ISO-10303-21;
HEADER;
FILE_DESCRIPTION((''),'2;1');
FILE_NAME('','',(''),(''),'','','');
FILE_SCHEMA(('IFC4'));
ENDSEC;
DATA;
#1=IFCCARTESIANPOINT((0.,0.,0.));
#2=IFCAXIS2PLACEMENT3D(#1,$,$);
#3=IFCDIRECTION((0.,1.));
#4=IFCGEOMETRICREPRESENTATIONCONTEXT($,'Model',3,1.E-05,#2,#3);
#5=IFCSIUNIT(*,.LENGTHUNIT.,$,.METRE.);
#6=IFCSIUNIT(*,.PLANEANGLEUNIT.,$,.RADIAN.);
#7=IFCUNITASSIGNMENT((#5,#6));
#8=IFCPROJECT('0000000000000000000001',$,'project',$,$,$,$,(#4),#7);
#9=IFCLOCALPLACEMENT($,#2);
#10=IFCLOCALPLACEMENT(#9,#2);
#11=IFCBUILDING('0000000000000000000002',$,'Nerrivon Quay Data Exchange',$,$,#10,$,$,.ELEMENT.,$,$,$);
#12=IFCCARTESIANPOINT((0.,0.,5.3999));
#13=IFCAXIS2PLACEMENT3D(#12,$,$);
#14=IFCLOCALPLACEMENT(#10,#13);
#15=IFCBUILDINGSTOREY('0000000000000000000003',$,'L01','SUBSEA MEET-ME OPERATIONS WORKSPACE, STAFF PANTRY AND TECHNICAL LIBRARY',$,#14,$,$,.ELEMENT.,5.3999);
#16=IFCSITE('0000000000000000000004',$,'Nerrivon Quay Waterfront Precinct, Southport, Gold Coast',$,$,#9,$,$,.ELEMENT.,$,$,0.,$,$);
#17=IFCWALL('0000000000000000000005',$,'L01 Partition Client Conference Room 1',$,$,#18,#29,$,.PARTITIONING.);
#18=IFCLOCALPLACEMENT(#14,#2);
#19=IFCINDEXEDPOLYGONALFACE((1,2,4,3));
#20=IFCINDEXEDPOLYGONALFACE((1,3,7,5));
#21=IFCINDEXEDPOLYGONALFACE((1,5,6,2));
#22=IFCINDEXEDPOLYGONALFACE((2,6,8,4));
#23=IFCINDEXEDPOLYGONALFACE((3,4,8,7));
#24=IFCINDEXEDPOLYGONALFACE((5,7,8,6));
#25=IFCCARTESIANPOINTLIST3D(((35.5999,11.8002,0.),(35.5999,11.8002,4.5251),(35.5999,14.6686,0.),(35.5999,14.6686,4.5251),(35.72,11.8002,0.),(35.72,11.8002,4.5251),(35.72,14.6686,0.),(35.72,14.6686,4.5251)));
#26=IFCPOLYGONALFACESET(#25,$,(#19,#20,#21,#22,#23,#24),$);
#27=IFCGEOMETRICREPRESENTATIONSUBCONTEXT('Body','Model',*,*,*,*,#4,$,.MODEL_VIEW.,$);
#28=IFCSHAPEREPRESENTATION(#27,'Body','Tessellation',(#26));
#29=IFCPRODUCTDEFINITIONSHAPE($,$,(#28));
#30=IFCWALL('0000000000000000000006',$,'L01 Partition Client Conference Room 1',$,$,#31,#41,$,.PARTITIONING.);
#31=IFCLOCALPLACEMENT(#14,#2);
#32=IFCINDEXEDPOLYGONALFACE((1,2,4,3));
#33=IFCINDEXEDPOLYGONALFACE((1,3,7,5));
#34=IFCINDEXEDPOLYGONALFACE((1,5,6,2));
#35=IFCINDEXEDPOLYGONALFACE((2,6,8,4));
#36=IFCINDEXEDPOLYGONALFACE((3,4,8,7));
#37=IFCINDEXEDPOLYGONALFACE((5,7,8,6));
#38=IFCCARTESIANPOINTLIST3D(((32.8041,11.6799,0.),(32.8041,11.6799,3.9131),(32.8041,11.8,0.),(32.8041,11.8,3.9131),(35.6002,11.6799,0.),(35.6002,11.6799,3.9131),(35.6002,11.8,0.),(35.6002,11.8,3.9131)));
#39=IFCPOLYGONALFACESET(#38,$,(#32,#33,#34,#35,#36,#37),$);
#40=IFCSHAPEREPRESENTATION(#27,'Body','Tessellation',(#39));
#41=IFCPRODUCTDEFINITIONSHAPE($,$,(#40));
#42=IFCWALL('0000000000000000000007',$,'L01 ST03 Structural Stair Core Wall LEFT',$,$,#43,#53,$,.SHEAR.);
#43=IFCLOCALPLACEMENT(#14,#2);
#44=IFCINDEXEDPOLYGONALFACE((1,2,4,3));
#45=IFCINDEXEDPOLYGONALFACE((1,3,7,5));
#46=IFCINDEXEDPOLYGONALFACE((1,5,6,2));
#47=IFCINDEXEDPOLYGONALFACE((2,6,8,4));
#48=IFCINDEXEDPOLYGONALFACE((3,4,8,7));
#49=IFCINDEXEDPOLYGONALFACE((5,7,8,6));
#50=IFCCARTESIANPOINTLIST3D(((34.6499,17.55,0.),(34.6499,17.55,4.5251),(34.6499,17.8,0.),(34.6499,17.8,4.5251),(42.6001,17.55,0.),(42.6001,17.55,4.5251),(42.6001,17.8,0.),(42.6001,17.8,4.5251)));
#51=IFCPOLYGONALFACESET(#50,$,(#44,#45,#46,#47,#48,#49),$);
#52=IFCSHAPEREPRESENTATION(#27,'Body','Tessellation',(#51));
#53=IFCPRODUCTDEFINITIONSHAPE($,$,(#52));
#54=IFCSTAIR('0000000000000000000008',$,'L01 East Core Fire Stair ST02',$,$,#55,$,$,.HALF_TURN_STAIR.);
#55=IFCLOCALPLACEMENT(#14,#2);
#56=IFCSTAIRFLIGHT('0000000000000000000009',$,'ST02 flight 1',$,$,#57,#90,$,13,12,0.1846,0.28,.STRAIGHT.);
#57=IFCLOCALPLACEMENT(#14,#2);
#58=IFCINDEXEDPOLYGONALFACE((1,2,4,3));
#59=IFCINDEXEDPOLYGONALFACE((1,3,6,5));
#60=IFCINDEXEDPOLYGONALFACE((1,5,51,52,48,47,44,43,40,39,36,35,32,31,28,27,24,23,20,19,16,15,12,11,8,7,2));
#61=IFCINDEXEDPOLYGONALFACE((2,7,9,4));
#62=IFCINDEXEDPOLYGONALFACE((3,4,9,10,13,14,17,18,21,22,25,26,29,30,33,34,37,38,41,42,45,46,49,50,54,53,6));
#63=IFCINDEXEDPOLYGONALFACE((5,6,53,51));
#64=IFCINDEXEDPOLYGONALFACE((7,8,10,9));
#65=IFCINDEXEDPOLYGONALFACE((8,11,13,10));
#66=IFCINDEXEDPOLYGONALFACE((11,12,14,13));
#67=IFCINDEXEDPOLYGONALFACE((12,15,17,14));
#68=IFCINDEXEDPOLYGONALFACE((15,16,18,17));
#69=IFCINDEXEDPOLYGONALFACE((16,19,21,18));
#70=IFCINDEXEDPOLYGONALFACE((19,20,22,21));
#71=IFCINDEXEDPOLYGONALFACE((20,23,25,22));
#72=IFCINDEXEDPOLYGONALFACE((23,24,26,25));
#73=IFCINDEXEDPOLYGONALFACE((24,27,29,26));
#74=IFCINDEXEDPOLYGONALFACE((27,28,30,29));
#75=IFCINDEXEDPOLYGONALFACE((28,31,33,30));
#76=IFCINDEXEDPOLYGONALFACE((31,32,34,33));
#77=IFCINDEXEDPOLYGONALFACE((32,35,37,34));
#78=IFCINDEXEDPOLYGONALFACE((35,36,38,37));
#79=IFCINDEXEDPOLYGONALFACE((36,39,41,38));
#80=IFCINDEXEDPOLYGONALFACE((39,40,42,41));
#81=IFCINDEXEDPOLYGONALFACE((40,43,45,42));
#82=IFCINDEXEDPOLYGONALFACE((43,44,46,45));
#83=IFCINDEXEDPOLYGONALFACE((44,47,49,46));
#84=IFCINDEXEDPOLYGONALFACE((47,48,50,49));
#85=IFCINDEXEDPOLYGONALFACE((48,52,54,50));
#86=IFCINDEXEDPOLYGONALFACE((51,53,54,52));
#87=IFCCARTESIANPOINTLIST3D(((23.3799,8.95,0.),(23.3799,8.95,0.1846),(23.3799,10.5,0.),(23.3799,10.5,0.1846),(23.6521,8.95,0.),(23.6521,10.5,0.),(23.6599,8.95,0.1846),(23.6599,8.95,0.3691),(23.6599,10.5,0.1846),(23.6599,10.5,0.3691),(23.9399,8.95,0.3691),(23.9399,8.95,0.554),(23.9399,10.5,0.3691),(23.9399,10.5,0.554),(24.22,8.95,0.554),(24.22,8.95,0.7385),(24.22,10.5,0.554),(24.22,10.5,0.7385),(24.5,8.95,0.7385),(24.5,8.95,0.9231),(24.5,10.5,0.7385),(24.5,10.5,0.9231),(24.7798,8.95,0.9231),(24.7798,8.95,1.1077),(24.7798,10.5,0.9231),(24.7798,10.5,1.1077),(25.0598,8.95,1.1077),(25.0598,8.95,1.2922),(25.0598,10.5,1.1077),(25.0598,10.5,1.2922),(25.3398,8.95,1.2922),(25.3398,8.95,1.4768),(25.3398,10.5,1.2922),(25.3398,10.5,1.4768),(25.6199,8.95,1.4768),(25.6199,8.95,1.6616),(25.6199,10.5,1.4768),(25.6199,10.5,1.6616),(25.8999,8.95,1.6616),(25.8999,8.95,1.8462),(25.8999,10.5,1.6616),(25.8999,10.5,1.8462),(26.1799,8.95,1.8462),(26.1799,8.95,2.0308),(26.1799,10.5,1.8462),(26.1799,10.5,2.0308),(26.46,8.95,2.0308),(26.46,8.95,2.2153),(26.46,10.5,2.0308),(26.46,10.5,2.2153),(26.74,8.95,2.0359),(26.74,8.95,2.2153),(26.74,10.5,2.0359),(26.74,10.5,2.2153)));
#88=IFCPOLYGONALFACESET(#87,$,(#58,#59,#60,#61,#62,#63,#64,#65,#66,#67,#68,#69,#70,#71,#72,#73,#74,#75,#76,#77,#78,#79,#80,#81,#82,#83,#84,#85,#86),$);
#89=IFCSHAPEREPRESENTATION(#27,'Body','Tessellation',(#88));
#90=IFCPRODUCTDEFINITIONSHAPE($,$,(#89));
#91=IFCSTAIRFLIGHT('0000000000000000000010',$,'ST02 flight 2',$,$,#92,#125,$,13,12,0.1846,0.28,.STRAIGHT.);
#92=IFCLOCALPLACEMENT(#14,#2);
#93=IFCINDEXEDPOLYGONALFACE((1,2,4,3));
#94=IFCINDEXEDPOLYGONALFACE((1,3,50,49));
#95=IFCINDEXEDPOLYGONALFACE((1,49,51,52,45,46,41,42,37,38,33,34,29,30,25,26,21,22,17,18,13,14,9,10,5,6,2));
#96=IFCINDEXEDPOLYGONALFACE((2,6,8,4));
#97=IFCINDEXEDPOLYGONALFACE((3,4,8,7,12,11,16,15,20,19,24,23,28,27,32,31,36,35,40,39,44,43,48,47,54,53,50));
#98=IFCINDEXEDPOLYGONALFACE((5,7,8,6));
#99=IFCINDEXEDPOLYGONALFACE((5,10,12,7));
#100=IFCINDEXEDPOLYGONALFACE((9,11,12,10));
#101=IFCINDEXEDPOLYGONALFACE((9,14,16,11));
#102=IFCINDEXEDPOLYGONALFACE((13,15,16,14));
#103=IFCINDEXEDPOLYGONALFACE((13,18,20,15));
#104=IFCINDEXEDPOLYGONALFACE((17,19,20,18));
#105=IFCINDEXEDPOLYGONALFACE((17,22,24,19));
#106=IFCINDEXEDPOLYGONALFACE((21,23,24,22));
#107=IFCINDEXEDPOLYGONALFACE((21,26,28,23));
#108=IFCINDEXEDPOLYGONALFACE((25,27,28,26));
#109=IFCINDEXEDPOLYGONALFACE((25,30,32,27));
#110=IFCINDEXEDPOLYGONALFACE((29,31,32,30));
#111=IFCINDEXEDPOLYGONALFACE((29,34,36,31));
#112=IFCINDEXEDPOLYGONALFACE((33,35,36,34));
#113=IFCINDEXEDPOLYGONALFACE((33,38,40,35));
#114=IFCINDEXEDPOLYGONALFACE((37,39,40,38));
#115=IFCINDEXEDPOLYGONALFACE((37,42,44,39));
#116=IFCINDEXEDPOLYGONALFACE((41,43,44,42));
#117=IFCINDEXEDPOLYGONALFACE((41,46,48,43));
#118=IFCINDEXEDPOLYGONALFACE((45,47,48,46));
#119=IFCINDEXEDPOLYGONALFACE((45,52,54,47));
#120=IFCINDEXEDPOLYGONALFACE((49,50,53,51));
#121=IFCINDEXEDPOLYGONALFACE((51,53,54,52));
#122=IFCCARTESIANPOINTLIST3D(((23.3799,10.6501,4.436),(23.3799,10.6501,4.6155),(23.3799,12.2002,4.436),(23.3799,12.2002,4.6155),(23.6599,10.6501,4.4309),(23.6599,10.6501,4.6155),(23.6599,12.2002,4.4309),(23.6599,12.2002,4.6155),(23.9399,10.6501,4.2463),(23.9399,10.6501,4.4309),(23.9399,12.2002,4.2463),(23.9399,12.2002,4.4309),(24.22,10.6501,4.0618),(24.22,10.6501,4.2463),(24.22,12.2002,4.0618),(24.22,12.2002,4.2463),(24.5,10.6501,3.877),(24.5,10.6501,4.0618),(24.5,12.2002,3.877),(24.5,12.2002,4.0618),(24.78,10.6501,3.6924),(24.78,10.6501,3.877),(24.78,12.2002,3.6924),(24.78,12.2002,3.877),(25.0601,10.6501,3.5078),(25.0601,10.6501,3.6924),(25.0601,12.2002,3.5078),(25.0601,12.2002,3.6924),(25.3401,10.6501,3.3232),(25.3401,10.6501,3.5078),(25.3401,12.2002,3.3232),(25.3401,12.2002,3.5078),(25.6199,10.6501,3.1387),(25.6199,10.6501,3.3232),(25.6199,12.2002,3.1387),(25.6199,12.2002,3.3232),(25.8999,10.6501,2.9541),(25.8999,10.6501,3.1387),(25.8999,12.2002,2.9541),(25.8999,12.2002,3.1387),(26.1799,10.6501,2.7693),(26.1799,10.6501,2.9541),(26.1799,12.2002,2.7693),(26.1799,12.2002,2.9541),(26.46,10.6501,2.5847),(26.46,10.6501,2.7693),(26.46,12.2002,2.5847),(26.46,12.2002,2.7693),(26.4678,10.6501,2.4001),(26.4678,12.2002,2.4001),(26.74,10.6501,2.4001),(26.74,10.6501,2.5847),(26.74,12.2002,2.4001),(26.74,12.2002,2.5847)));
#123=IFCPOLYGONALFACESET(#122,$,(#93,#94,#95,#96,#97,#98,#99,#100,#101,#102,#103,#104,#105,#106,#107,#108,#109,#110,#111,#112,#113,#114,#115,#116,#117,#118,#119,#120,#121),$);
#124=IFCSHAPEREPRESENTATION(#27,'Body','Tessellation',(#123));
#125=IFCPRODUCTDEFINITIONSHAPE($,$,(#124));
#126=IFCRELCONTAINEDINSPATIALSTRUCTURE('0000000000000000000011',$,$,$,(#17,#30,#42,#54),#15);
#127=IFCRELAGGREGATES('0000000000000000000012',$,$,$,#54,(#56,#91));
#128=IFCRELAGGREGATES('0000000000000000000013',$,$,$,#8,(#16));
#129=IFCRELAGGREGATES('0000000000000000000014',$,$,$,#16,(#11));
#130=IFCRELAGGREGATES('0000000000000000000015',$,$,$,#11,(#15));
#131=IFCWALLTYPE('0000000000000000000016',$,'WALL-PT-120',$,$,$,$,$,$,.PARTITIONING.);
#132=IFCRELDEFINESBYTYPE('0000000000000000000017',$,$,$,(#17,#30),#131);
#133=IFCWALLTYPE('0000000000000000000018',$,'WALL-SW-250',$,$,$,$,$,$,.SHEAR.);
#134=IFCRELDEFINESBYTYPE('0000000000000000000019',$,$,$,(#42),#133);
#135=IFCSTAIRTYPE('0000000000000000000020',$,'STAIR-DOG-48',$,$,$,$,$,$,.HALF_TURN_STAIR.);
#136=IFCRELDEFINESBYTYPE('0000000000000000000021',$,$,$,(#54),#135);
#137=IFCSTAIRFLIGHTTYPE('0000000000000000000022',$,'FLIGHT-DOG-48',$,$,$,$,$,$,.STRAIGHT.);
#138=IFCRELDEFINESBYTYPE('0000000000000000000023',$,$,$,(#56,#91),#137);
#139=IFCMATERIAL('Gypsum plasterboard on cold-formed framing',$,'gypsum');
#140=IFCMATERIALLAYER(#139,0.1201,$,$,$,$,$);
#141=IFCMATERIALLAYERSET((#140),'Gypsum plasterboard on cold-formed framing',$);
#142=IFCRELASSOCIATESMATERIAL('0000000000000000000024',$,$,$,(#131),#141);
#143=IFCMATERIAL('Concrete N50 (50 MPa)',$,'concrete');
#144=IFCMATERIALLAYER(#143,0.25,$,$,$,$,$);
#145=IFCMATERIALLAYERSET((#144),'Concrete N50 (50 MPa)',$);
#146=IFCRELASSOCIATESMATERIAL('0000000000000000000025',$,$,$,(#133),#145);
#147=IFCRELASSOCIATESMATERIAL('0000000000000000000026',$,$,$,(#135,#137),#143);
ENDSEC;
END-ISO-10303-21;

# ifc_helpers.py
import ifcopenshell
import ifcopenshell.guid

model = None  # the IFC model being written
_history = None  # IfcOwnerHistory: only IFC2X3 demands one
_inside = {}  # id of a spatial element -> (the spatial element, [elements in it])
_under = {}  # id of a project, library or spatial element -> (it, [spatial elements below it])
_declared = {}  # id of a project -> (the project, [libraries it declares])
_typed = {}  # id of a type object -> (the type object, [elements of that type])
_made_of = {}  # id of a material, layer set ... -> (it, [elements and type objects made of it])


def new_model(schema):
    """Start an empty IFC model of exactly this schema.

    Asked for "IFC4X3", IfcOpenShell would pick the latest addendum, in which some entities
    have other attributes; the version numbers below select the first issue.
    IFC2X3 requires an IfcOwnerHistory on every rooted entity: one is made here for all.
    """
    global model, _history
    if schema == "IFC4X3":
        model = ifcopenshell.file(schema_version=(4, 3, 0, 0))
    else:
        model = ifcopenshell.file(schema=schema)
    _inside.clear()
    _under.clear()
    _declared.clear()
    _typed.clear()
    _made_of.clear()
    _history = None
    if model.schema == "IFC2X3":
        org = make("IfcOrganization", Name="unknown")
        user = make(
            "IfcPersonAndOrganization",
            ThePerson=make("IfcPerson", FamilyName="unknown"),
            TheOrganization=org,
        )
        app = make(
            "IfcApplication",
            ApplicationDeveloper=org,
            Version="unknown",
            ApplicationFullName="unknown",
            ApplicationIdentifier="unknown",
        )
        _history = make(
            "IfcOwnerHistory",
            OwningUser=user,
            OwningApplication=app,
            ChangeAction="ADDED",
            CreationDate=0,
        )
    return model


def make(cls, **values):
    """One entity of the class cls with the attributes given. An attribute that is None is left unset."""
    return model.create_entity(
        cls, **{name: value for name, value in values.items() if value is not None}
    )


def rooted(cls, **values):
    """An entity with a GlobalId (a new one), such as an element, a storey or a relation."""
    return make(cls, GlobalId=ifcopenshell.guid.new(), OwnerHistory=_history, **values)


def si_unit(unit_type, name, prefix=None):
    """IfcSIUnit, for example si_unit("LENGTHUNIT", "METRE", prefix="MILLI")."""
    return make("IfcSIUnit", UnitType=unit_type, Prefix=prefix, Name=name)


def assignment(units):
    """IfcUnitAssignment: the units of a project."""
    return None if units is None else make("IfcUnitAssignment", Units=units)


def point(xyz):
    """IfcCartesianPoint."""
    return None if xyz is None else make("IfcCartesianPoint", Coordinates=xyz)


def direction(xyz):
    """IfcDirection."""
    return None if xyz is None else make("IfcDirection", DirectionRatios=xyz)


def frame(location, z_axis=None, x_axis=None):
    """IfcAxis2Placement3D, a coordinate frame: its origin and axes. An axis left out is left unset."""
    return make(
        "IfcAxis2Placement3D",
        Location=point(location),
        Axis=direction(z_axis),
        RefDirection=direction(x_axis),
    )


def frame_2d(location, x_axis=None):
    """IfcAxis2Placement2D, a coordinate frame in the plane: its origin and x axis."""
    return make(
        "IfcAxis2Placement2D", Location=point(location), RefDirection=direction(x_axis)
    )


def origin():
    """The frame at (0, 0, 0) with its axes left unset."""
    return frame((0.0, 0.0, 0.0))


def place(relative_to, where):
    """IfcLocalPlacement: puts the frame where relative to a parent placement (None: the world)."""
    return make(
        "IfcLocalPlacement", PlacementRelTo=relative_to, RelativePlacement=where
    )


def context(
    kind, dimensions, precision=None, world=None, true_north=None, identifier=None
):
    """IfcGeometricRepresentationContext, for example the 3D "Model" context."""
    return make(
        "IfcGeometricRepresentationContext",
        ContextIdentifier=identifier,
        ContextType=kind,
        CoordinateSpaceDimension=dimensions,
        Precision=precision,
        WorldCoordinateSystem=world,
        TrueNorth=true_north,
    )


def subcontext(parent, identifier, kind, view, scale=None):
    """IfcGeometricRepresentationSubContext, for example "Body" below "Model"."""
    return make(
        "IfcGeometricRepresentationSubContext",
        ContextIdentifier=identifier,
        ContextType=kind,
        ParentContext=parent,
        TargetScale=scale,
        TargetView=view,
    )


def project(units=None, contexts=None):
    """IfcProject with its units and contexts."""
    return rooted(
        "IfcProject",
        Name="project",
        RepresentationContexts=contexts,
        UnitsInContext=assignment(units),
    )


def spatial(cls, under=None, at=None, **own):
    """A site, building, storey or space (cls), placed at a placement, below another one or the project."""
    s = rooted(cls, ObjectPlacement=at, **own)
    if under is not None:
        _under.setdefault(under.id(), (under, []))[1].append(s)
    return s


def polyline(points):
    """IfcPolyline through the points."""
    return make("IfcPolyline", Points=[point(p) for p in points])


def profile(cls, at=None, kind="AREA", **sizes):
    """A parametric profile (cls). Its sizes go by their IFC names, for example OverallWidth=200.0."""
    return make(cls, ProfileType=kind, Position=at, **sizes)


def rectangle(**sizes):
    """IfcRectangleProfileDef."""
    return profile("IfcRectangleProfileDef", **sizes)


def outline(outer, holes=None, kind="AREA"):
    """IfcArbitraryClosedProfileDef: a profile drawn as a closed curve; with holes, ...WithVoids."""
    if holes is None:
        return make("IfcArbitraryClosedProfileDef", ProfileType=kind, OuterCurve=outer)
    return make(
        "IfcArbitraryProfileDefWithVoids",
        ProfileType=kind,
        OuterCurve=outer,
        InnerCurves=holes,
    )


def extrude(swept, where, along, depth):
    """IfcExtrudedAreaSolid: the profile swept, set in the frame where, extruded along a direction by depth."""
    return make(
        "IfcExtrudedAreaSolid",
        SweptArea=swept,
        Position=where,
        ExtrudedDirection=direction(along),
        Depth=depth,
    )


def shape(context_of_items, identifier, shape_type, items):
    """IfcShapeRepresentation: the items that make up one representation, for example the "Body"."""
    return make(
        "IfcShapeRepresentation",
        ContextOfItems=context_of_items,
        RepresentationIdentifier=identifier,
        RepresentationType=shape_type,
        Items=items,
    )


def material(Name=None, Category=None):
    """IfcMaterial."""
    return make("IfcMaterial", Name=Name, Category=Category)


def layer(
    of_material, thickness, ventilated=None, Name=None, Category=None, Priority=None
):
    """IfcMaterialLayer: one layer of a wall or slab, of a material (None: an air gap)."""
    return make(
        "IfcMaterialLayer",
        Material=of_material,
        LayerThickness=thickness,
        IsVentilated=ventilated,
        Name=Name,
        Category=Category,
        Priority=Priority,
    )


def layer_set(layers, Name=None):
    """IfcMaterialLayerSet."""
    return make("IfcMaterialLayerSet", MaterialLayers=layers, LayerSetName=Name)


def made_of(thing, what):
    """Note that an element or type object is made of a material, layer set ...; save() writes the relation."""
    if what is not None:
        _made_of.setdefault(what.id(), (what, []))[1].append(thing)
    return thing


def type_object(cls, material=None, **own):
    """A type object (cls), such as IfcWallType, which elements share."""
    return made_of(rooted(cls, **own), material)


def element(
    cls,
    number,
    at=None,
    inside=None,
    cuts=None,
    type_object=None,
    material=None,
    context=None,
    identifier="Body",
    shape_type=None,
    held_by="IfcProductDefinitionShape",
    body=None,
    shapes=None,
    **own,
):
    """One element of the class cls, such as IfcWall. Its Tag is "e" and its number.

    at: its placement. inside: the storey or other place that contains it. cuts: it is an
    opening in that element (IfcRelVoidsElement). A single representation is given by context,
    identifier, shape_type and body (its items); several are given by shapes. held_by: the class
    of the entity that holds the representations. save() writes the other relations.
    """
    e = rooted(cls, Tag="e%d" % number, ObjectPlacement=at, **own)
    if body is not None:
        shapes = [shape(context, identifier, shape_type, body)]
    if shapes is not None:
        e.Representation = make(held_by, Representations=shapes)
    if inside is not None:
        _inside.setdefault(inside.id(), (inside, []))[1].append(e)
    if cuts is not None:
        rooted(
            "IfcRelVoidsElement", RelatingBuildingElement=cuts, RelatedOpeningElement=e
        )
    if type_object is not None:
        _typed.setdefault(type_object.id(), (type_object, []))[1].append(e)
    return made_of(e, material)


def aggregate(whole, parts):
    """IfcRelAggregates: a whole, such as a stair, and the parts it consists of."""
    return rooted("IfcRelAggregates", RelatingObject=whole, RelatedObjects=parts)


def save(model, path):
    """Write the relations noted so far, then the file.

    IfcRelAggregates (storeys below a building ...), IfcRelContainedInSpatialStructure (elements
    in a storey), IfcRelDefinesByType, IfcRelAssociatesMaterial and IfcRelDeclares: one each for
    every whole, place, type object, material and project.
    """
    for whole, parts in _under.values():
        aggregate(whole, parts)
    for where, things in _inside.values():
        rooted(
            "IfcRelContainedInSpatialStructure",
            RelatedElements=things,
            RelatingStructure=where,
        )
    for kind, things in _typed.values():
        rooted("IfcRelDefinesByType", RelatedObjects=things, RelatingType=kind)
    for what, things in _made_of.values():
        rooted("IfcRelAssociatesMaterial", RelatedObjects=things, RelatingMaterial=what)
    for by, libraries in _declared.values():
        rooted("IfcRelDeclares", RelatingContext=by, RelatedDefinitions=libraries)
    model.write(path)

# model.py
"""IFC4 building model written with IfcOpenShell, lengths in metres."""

from ifc_helpers import new_model, si_unit, direction, frame, frame_2d, origin, place, context, subcontext, project, spatial, polyline, rectangle, outline, extrude, material, layer, layer_set, type_object, element, aggregate, save


model = new_model("IFC4")

# Units and contexts
model_context = context("Model", 3, precision=1e-05, world=origin(), true_north=direction((0.0, 1.0)))
body_context = subcontext(model_context, "Body", "Model", "MODEL_VIEW")
ifc_project = project(units=[si_unit("LENGTHUNIT", "METRE"), si_unit("PLANEANGLEUNIT", "RADIAN")], contexts=[model_context])

# Site, building, storey
site_placement = place(None, origin())
site = spatial("IfcSite", under=ifc_project, at=site_placement, Name="Nerrivon Quay Waterfront Precinct, Southport, Gold Coast", CompositionType="ELEMENT", RefElevation=0.0)
building_placement = place(site_placement, origin())
building = spatial("IfcBuilding", under=site, at=building_placement, Name="Nerrivon Quay Data Exchange", CompositionType="ELEMENT")
storey_placement = place(building_placement, frame((0.0, 0.0, 5.3999)))
storey = spatial("IfcBuildingStorey", under=building, at=storey_placement, Name="L01", Description="SUBSEA MEET-ME OPERATIONS WORKSPACE, STAFF PANTRY AND TECHNICAL LIBRARY", CompositionType="ELEMENT", Elevation=5.3999)

# Shared definitions
ifc_material_1 = material(Name="Gypsum plasterboard on cold-formed framing", Category="gypsum")

# Walls
ifc_layer_1 = layer(ifc_material_1, 0.1201)
ifc_layer_set_1 = layer_set([ifc_layer_1], Name="Gypsum plasterboard on cold-formed framing")
wall_type_1 = type_object("IfcWallType", Name="WALL-PT-120", PredefinedType="PARTITIONING", material=ifc_layer_set_1)
wall_1_placement = place(storey_placement, frame((35.6599, 14.6685, 0.0), z_axis=(0.0, 0.0, 1.0), x_axis=(0.0, -1.0, 0.0)))
element("IfcWall", 1, at=wall_1_placement, inside=storey, type_object=wall_type_1, Name="L01 Partition Client Conference Room 1", PredefinedType="PARTITIONING", context=body_context, shape_type="SweptSolid", body=[
    extrude(rectangle(XDim=2.8684, YDim=0.1201, at=frame_2d((1.4341, 0.0))), origin(), (0.0, 0.0, 1.0), 4.5251),
])
wall_2_placement = place(storey_placement, frame((35.6001, 11.74, 0.0), z_axis=(0.0, 0.0, 1.0), x_axis=(-1.0, 0.0, 0.0)))
element("IfcWall", 2, at=wall_2_placement, inside=storey, type_object=wall_type_1, Name="L01 Partition Client Conference Room 1", PredefinedType="PARTITIONING", context=body_context, shape_type="SweptSolid", body=[
    extrude(rectangle(XDim=2.7961, YDim=0.1201, at=frame_2d((1.3979, 0.0))), origin(), (0.0, 0.0, 1.0), 3.9131),
])

# Shared definitions
ifc_material_2 = material(Name="Concrete N50 (50 MPa)", Category="concrete")
ifc_layer_2 = layer(ifc_material_2, 0.25)
ifc_layer_set_2 = layer_set([ifc_layer_2], Name="Concrete N50 (50 MPa)")
wall_type_2 = type_object("IfcWallType", Name="WALL-SW-250", PredefinedType="SHEAR", material=ifc_layer_set_2)

# Wall
wall_3_placement = place(storey_placement, frame((34.6499, 17.675, 0.0), z_axis=(0.0, 0.0, 1.0), x_axis=(1.0, 0.0, 0.0)))
element("IfcWall", 3, at=wall_3_placement, inside=storey, type_object=wall_type_2, Name="L01 ST03 Structural Stair Core Wall LEFT", PredefinedType="SHEAR", context=body_context, shape_type="SweptSolid", body=[
    extrude(rectangle(XDim=7.9502, YDim=0.25, at=frame_2d((3.9751, 0.0))), origin(), (0.0, 0.0, 1.0), 4.5251),
])

# Stair, stair flights
stair_type = type_object("IfcStairType", Name="STAIR-DOG-48", PredefinedType="HALF_TURN_STAIR", material=ifc_material_2)
stair_placement = place(storey_placement, origin())
stair = element("IfcStair", 4, at=stair_placement, inside=storey, type_object=stair_type, Name="L01 East Core Fire Stair ST02", PredefinedType="HALF_TURN_STAIR")
stair_flight_type = type_object("IfcStairFlightType", Name="FLIGHT-DOG-48", PredefinedType="STRAIGHT", material=ifc_material_2)
stair_flight_1_placement = place(storey_placement, frame((23.3799, 9.7251, 0.0), z_axis=(0.0, 0.0, 1.0), x_axis=(1.0, 0.0, 0.0)))
stair_flight_1 = element("IfcStairFlight", 5, at=stair_flight_1_placement, type_object=stair_flight_type, Name="ST02 flight 1", NumberOfRisers=13, NumberOfTreads=12, PredefinedType="STRAIGHT", RiserHeight=0.1846, TreadLength=0.28, context=body_context, shape_type="SweptSolid", body=[
    extrude(outline(polyline([(0.0, 0.0), (0.0, 0.1846), (0.28, 0.1846), (0.28, 0.3691), (0.5601, 0.3691), (0.5601, 0.554), (0.8401, 0.554), (0.8401, 0.7385), (1.1201, 0.7385), (1.1201, 0.9231), (1.3999, 0.9231), (1.3999, 1.1077), (1.6799, 1.1077), (1.6799, 1.2922), (1.96, 1.2922), (1.96, 1.4768), (2.24, 1.4768), (2.24, 1.6616), (2.52, 1.6616), (2.52, 1.8462), (2.8, 1.8462), (2.8, 2.0308), (3.0801, 2.0308), (3.0801, 2.2153), (3.3601, 2.2153), (3.3601, 2.3999), (3.3601, 2.0359), (0.2722, 0.0), (0.0, 0.0)])), frame((0.0, 0.7749, 0.0), z_axis=(0.0, -1.0, 0.0), x_axis=(1.0, 0.0, 0.0)), (0.0, 0.0, 1.0), 1.55),
])
stair_flight_2_placement = place(storey_placement, frame((26.74, 11.425, 2.4001), z_axis=(0.0, 0.0, 1.0), x_axis=(-1.0, 0.0, 0.0)))
stair_flight_2 = element("IfcStairFlight", 6, at=stair_flight_2_placement, type_object=stair_flight_type, Name="ST02 flight 2", NumberOfRisers=13, NumberOfTreads=12, PredefinedType="STRAIGHT", RiserHeight=0.1846, TreadLength=0.28, context=body_context, shape_type="SweptSolid", body=[
    extrude(outline(polyline([(0.0, 0.0), (0.0, 0.1846), (0.28, 0.1846), (0.28, 0.3691), (0.5601, 0.3691), (0.5601, 0.554), (0.8401, 0.554), (0.8401, 0.7385), (1.1201, 0.7385), (1.1201, 0.9231), (1.3999, 0.9231), (1.3999, 1.1077), (1.6799, 1.1077), (1.6799, 1.2922), (1.96, 1.2922), (1.96, 1.4768), (2.24, 1.4768), (2.24, 1.6616), (2.52, 1.6616), (2.52, 1.8462), (2.8, 1.8462), (2.8, 2.0308), (3.0801, 2.0308), (3.0801, 2.2153), (3.3601, 2.2153), (3.3601, 2.3999), (3.3601, 2.0359), (0.2722, 0.0), (0.0, 0.0)])), frame((0.0, 0.7749, 0.0), z_axis=(0.0, -1.0, 0.0), x_axis=(1.0, 0.0, 0.0)), (0.0, 0.0, 1.0), 1.55),
])
aggregate(stair, [stair_flight_1, stair_flight_2])

save(model, "model.ifc")
